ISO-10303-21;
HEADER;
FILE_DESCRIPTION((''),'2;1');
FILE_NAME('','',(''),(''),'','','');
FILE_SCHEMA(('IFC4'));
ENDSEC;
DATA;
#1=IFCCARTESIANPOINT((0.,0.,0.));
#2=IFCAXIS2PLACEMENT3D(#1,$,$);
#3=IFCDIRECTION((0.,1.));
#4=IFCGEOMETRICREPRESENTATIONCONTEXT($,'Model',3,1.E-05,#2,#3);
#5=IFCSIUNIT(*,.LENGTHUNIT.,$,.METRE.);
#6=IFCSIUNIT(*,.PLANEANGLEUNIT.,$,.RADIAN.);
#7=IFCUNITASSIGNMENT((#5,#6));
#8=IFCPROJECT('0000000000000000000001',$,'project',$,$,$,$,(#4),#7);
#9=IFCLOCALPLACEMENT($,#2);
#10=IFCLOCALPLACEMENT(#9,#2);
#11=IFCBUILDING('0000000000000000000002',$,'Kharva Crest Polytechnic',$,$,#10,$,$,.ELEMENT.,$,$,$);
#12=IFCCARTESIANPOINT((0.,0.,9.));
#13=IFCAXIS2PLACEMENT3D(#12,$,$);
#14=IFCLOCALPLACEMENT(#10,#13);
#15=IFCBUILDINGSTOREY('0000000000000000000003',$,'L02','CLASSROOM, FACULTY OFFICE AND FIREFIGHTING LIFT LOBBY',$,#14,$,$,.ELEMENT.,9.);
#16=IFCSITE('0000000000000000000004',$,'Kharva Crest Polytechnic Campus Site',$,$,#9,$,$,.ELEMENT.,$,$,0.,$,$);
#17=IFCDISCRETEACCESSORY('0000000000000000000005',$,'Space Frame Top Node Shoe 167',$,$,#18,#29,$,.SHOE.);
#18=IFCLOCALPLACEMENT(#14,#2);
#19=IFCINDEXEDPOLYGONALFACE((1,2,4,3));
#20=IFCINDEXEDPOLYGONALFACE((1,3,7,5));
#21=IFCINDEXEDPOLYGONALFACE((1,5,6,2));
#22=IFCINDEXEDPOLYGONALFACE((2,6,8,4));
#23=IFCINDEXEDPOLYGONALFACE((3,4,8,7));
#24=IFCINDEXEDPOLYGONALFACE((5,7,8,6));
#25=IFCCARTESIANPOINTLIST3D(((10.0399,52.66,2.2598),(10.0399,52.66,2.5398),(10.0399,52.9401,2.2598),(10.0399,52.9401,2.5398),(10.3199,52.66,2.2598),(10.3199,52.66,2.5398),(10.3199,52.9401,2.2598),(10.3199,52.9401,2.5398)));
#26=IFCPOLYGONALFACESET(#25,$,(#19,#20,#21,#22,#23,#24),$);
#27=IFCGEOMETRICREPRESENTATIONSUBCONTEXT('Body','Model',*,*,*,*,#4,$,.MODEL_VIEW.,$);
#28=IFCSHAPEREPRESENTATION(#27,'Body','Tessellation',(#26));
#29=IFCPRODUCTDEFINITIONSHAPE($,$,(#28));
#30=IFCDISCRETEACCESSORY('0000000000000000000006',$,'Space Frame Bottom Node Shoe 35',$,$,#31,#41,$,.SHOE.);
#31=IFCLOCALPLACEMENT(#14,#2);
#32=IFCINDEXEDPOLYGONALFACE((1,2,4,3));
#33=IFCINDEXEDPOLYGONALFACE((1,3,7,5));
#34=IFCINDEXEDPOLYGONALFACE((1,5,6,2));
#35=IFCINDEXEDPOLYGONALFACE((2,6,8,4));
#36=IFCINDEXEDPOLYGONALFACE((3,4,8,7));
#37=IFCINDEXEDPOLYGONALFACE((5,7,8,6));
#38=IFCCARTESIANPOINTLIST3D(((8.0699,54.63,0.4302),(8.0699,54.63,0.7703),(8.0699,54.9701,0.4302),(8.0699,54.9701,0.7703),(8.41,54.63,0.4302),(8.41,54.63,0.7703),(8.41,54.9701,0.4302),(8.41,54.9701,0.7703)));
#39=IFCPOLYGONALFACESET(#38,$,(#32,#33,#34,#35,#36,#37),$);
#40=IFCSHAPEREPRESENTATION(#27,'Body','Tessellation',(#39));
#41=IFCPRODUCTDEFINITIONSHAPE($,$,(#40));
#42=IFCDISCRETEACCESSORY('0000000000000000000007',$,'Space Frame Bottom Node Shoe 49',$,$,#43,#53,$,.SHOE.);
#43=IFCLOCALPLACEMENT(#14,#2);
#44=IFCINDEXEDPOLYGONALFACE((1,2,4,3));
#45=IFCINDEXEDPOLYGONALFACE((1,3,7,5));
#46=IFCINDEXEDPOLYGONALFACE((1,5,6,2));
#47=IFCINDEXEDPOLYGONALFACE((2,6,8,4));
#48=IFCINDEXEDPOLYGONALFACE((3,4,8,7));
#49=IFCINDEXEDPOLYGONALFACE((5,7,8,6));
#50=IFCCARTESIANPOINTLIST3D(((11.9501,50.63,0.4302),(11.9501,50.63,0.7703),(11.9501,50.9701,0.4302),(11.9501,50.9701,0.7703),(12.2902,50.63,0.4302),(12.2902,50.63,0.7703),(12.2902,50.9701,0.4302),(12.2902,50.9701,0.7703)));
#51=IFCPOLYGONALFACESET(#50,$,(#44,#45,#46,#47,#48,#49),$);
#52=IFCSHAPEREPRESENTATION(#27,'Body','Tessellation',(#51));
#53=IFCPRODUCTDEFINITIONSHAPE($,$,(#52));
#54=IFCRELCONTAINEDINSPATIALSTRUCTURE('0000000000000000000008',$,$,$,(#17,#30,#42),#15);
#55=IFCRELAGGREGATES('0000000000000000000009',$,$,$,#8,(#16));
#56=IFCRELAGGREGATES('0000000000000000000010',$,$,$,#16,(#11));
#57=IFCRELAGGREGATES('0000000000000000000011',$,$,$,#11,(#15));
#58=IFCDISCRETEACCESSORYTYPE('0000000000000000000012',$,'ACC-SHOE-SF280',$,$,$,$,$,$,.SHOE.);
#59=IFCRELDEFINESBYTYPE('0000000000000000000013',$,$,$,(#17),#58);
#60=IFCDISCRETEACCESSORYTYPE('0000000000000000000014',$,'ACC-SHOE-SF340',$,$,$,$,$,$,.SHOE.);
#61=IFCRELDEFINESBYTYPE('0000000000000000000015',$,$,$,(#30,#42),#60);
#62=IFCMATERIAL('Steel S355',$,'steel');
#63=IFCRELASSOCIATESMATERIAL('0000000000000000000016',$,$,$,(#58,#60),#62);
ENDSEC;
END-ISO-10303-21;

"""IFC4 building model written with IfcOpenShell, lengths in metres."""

from ifc_helpers import new_model, si_unit, direction, frame, origin, origin_2d, place, context, subcontext, project, spatial, rectangle, extrude, material, type_object, element, save


model = new_model("IFC4")

# Units and contexts
model_context = context("Model", 3, precision=1e-05, world=origin(), true_north=direction((0.0, 1.0)))
body_context = subcontext(model_context, "Body", "Model", "MODEL_VIEW")
ifc_project = project(units=[si_unit("LENGTHUNIT", "METRE"), si_unit("PLANEANGLEUNIT", "RADIAN")], contexts=[model_context])

# Site, building, storey
site_placement = place(None, origin())
site = spatial("IfcSite", under=ifc_project, at=site_placement, Name="Kharva Crest Polytechnic Campus Site", CompositionType="ELEMENT", RefElevation=0.0)
building_placement = place(site_placement, origin())
building = spatial("IfcBuilding", under=site, at=building_placement, Name="Kharva Crest Polytechnic", CompositionType="ELEMENT")
storey_placement = place(building_placement, frame((0.0, 0.0, 9.0)))
storey = spatial("IfcBuildingStorey", under=building, at=storey_placement, Name="L02", Description="CLASSROOM, FACULTY OFFICE AND FIREFIGHTING LIFT LOBBY", CompositionType="ELEMENT", Elevation=9.0)

# Shared definitions
ifc_material_1 = material(Name="Steel S355", Category="steel")

# Discrete accessories
discrete_accessory_type_1 = type_object("IfcDiscreteAccessoryType", Name="ACC-SHOE-SF280", PredefinedType="SHOE", material=ifc_material_1)
for number, where, z_axis, x_axis, name in (
    (1, (10.1799, 52.8, 2.2598), (0.0, 0.0, 1.0), (1.0, 0.0, 0.0), "Space Frame Top Node Shoe 167"),
):
    element("IfcDiscreteAccessory", number, at=place(storey_placement, frame(where, z_axis=z_axis, x_axis=x_axis)), inside=storey, type_object=discrete_accessory_type_1, Name=name, PredefinedType="SHOE", context=body_context, shape_type="SweptSolid", body=[
        extrude(rectangle(XDim=0.28, YDim=0.28, at=origin_2d()), origin(), (0.0, 0.0, 1.0), 0.28),
    ])
discrete_accessory_type_2 = type_object("IfcDiscreteAccessoryType", Name="ACC-SHOE-SF340", PredefinedType="SHOE", material=ifc_material_1)
for number, where, z_axis, x_axis, name in (
    (2, (8.24, 54.8, 0.4302), (0.0, 0.0, 1.0), (1.0, 0.0, 0.0), "Space Frame Bottom Node Shoe 35"),
    (3, (12.1201, 50.8, 0.4302), (0.0, 0.0, 1.0), (1.0, 0.0, 0.0), "Space Frame Bottom Node Shoe 49"),
):
    element("IfcDiscreteAccessory", number, at=place(storey_placement, frame(where, z_axis=z_axis, x_axis=x_axis)), inside=storey, type_object=discrete_accessory_type_2, Name=name, PredefinedType="SHOE", context=body_context, shape_type="SweptSolid", body=[
        extrude(rectangle(XDim=0.3401, YDim=0.3401, at=origin_2d()), origin(), (0.0, 0.0, 1.0), 0.3401),
    ])

save(model, "model.ifc")
